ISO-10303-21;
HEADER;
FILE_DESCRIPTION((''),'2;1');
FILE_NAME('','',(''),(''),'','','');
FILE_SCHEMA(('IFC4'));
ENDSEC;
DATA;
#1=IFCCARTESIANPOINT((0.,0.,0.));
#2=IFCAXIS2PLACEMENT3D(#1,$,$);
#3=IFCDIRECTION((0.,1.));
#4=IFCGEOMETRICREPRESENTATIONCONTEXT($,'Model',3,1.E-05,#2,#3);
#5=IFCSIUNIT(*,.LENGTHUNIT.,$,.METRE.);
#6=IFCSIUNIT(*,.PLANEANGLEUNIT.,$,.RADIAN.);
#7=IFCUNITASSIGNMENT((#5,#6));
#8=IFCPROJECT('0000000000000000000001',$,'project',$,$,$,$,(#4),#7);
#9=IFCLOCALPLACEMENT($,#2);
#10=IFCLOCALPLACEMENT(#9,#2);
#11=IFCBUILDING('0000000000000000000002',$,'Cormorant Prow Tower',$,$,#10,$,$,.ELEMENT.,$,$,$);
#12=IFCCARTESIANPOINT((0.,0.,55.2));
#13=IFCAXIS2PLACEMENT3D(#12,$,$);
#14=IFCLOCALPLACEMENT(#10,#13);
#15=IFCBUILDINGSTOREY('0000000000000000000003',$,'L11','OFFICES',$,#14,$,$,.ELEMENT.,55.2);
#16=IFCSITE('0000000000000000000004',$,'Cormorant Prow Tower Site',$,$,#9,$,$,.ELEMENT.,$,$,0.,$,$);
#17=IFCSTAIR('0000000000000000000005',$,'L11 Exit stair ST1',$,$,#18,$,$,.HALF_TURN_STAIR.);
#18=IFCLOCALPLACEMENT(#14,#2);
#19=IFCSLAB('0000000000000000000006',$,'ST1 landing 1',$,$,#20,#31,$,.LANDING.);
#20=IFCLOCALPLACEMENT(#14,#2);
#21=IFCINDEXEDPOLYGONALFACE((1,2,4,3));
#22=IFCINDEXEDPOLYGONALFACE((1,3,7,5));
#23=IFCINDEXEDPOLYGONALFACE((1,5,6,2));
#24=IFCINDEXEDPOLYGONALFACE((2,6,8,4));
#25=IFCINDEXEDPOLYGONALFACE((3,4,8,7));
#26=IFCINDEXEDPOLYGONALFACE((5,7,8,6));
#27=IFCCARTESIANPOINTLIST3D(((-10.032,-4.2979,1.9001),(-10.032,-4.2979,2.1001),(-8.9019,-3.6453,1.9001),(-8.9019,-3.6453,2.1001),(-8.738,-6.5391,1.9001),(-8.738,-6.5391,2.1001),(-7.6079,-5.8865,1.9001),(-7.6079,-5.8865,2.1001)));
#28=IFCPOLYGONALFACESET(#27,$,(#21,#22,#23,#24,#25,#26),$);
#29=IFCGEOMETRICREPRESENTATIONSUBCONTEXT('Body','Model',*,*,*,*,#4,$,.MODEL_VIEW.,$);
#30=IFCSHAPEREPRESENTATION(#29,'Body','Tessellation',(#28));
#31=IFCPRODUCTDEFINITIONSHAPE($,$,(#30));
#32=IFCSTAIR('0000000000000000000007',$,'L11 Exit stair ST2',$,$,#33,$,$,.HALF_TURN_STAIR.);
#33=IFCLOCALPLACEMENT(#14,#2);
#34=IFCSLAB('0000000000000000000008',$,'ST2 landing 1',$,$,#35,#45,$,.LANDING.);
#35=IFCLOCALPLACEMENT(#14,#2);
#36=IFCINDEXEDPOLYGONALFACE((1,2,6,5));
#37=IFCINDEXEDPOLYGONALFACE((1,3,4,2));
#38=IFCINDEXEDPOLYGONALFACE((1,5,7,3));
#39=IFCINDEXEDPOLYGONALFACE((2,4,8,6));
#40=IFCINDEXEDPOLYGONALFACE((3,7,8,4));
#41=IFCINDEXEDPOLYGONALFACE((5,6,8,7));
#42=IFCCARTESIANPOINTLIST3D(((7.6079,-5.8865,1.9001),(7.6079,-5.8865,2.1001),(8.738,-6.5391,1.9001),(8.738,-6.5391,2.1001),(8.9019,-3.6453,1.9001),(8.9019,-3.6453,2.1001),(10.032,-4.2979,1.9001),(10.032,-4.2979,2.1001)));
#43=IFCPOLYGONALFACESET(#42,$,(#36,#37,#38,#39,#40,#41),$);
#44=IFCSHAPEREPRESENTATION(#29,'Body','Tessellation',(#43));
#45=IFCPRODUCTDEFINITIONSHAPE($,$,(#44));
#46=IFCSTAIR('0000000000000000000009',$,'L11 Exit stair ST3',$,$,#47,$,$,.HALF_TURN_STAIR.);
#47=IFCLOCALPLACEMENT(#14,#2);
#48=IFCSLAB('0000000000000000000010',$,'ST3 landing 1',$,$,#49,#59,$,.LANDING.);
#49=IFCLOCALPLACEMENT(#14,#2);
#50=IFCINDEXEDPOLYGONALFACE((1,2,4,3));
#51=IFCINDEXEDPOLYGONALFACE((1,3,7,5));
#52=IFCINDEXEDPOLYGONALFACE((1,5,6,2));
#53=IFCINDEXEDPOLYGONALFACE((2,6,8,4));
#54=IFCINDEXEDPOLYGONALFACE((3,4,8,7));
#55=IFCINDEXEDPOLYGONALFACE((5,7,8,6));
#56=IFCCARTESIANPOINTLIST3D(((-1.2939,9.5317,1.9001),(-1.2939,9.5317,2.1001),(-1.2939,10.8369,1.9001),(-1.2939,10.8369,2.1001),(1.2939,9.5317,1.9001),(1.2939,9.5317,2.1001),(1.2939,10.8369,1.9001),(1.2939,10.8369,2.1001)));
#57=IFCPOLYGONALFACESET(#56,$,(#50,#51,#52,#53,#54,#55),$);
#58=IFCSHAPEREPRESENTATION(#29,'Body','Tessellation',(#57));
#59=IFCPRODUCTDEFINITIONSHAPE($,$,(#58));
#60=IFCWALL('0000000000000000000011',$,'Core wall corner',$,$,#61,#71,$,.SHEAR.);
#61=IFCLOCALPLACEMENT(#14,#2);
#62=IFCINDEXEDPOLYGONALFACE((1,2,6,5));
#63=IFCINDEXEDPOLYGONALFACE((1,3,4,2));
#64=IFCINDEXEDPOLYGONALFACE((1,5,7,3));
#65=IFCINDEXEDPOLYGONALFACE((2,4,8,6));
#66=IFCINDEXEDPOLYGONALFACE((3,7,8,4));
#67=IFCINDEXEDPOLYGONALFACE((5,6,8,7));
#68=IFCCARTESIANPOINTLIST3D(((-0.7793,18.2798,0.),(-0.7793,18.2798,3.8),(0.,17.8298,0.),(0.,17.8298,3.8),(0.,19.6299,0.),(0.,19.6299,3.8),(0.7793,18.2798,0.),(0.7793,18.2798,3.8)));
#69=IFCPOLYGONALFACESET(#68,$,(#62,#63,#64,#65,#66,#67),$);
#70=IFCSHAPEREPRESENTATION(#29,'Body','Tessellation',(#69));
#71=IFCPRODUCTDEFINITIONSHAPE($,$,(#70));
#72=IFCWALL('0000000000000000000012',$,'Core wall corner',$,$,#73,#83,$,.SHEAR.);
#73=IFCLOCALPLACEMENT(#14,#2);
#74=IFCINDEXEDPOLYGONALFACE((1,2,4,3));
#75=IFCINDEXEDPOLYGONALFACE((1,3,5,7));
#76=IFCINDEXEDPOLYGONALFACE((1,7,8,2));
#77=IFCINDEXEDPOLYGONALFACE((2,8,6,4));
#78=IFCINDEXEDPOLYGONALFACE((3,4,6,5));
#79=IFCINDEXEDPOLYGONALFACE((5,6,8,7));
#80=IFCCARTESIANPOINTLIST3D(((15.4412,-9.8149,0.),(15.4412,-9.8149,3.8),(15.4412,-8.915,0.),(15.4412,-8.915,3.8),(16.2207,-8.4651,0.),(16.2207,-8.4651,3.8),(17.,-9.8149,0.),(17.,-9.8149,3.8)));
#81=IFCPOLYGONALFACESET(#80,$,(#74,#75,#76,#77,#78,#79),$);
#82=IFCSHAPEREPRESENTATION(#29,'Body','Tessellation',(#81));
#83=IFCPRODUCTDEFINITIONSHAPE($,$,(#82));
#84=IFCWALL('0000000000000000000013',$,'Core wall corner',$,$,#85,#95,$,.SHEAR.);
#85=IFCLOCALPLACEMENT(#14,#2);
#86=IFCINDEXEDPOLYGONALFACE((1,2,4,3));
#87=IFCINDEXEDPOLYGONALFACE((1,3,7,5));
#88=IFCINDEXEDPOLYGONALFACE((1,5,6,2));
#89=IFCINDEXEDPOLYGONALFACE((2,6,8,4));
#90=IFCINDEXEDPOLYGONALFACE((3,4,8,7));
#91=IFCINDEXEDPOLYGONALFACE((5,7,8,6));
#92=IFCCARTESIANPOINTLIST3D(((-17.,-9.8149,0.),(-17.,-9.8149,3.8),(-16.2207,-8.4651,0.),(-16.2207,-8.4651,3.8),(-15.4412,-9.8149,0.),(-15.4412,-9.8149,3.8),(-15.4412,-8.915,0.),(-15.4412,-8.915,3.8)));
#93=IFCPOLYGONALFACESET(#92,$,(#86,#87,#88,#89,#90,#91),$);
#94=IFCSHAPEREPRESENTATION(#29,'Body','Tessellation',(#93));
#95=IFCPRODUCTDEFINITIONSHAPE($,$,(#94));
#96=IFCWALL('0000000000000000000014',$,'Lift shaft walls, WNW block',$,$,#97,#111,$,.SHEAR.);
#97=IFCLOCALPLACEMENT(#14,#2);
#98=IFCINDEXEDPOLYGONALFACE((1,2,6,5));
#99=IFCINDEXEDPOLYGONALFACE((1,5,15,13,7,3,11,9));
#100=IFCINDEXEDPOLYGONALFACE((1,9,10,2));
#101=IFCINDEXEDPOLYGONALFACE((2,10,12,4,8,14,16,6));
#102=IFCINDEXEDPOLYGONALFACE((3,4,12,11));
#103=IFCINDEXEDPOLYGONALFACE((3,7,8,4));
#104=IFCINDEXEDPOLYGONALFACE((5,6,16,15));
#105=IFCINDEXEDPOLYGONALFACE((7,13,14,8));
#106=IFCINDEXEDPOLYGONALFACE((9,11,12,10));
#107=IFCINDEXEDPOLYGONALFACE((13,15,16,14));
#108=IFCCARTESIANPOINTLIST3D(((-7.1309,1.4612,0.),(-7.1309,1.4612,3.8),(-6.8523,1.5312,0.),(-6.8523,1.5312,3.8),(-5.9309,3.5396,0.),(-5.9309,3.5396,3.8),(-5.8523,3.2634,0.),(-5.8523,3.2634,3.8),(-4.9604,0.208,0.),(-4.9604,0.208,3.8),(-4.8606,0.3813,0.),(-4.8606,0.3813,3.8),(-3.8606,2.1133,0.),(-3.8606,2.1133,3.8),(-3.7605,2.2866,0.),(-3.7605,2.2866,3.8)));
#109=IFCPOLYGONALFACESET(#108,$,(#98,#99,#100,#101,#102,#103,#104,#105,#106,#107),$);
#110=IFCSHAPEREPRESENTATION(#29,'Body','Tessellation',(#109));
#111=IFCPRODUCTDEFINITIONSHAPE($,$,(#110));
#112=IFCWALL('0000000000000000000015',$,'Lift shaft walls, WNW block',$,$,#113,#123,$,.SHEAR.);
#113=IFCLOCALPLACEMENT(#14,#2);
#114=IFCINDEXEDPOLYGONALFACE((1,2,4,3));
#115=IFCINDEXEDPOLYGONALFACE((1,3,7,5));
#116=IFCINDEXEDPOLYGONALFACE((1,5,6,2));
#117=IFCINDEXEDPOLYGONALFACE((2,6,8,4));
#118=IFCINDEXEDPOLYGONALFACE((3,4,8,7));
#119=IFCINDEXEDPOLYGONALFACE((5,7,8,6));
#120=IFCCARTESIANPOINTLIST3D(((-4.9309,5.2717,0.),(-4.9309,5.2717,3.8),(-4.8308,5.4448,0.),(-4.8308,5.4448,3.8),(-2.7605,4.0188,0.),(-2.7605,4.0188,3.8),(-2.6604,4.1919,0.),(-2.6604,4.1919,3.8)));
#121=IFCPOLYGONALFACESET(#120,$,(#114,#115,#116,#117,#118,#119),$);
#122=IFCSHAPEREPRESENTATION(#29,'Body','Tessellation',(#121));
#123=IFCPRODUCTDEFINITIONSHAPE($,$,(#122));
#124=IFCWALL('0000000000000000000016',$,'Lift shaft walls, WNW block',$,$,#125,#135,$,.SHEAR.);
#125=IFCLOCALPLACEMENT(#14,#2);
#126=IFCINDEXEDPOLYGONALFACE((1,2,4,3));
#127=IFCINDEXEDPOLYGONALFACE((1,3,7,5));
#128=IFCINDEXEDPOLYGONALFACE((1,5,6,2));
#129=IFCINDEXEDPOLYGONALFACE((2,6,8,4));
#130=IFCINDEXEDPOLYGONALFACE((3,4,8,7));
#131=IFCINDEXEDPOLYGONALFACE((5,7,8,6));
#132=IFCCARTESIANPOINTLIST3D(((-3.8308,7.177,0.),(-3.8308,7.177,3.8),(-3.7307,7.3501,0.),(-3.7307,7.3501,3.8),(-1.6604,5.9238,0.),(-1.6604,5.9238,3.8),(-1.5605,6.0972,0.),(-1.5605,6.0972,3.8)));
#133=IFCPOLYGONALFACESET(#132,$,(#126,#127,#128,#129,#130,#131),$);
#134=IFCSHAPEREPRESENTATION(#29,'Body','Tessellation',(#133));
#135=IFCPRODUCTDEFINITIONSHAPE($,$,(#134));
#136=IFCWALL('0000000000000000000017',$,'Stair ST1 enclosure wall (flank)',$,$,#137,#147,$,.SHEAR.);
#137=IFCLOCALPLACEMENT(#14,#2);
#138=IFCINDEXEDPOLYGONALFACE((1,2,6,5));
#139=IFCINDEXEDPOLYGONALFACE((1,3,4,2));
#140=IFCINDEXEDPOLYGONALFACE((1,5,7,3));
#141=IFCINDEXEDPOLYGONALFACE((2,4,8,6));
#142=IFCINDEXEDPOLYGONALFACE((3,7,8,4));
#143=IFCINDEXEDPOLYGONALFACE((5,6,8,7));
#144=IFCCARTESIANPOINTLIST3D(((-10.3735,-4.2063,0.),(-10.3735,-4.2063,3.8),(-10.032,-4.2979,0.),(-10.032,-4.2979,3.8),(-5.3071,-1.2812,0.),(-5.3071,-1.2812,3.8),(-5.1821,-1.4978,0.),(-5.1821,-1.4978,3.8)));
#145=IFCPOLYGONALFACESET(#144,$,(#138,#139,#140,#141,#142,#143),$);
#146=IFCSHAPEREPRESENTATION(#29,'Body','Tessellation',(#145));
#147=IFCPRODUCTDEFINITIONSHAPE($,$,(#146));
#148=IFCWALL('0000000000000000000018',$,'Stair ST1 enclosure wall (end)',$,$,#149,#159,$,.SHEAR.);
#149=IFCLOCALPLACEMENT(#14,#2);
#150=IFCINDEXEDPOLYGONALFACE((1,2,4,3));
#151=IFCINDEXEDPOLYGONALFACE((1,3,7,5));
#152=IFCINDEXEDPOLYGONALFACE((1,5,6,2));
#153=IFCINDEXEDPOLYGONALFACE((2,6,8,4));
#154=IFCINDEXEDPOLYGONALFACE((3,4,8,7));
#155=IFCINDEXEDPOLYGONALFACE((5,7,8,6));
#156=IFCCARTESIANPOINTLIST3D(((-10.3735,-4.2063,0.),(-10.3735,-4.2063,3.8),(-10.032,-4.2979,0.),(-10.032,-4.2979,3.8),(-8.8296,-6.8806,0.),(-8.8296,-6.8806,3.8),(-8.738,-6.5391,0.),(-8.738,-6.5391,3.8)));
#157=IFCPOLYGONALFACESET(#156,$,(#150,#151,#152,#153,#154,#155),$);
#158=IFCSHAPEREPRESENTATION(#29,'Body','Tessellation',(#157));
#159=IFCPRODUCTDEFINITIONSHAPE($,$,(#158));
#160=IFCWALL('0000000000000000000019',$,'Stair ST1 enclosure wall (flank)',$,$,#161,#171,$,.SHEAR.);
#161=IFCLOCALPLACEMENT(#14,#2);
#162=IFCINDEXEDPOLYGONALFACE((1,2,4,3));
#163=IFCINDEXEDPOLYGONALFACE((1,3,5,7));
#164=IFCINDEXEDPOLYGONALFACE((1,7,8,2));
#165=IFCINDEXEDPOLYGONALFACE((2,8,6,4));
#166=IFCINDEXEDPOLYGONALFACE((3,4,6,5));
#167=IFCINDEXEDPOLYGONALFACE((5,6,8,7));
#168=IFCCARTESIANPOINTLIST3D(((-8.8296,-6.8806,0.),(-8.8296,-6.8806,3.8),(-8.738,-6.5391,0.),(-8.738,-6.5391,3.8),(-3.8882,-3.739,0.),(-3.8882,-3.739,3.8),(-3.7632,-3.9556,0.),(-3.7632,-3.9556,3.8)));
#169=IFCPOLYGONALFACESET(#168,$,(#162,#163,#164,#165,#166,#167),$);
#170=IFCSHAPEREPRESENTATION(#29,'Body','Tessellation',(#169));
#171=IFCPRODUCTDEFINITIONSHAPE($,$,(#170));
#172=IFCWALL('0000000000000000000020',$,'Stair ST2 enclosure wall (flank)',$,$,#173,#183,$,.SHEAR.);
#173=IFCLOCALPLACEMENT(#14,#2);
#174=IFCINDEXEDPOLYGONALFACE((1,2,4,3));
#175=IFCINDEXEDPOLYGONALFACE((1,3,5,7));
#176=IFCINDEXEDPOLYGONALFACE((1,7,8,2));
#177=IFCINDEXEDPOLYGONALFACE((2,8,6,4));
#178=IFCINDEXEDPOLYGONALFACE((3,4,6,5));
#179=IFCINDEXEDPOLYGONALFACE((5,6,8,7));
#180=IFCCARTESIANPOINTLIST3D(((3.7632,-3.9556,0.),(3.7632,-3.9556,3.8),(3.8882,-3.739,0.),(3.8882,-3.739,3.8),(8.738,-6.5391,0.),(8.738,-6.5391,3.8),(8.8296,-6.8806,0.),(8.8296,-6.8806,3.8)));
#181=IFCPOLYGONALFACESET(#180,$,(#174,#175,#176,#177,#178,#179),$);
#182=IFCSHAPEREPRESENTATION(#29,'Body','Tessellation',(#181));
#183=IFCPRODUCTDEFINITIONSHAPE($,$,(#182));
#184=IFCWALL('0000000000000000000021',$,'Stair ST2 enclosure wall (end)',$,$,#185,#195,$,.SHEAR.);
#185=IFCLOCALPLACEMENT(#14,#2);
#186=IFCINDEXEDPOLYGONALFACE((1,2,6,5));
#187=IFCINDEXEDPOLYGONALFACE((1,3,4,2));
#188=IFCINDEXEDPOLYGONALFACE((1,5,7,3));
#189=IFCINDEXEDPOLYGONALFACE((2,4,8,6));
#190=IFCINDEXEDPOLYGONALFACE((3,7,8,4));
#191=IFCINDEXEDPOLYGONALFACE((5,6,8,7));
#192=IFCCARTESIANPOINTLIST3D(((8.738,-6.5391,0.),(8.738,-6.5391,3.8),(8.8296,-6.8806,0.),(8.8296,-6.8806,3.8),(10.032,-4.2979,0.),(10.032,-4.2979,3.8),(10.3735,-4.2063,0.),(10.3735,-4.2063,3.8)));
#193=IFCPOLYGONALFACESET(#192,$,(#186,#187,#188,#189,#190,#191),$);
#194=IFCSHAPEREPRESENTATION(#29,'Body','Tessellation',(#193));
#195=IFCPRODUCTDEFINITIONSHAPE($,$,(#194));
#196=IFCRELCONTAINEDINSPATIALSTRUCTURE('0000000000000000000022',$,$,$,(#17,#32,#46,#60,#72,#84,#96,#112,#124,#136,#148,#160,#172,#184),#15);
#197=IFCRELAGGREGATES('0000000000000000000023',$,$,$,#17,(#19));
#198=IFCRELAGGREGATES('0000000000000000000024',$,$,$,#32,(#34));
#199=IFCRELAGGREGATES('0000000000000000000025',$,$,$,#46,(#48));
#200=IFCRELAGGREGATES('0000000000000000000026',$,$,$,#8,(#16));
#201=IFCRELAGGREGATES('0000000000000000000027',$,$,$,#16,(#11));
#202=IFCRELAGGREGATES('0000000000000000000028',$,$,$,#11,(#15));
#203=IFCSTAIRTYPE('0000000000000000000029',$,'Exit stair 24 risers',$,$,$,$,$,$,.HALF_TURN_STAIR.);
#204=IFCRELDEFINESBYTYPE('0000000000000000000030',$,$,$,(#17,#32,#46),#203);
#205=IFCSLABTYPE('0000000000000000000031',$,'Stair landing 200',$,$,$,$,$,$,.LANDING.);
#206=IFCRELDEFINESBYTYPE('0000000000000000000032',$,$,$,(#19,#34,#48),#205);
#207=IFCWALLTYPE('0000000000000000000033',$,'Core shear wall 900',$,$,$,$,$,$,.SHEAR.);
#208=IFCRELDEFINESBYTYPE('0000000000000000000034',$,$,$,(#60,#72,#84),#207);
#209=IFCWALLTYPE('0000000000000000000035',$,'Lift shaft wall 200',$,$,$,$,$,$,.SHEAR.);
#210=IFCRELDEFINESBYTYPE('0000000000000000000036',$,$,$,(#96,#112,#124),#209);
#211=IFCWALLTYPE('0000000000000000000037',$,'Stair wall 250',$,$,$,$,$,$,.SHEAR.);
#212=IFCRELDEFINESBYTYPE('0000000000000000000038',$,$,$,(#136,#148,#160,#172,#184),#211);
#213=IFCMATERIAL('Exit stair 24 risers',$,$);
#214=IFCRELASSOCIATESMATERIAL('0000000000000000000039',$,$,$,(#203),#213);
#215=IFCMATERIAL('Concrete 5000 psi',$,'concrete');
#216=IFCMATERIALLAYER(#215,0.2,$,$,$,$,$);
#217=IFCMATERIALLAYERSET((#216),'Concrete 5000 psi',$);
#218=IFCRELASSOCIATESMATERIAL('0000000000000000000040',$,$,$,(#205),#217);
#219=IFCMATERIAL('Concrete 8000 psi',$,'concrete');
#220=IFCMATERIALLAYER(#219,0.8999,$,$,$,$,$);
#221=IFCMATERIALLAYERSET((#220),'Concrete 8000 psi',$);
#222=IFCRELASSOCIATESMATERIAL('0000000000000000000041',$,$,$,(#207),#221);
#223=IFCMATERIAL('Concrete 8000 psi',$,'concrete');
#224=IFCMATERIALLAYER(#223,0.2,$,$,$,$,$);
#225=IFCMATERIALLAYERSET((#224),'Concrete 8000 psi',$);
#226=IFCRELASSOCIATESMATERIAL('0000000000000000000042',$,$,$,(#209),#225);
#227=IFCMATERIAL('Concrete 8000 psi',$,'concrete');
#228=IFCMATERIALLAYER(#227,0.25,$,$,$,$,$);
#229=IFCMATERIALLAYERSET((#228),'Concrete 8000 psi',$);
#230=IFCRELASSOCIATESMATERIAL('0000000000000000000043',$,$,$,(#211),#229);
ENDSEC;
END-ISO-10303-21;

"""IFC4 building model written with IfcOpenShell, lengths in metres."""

from ifc_helpers import new_model, si_unit, direction, frame, origin, place, context, subcontext, project, spatial, polyline, outline, extrude, material, layer, layer_set, type_object, element, aggregate, save


model = new_model("IFC4")

# Units and contexts
model_context = context("Model", 3, precision=1e-05, world=origin(), true_north=direction((0.0, 1.0)))
body_context = subcontext(model_context, "Body", "Model", "MODEL_VIEW")
ifc_project = project(units=[si_unit("LENGTHUNIT", "METRE"), si_unit("PLANEANGLEUNIT", "RADIAN")], contexts=[model_context])

# Site, building, storey
site_placement = place(None, origin())
site = spatial("IfcSite", under=ifc_project, at=site_placement, Name="Cormorant Prow Tower Site", CompositionType="ELEMENT", RefElevation=0.0)
building_placement = place(site_placement, origin())
building = spatial("IfcBuilding", under=site, at=building_placement, Name="Cormorant Prow Tower", CompositionType="ELEMENT")
storey_placement = place(building_placement, frame((0.0, 0.0, 55.2)))
storey = spatial("IfcBuildingStorey", under=building, at=storey_placement, Name="L11", Description="OFFICES", CompositionType="ELEMENT", Elevation=55.2)

# Stairs, slabs
ifc_material_1 = material(Name="Exit stair 24 risers")
stair_type = type_object("IfcStairType", Name="Exit stair 24 risers", PredefinedType="HALF_TURN_STAIR", material=ifc_material_1)
stair_1_placement = place(storey_placement, origin())
stair_1 = element("IfcStair", 1, at=stair_1_placement, inside=storey, type_object=stair_type, Name="L11 Exit stair ST1", PredefinedType="HALF_TURN_STAIR")
ifc_material_2 = material(Name="Concrete 5000 psi", Category="concrete")
ifc_layer_1 = layer(ifc_material_2, 0.2)
ifc_layer_set_1 = layer_set([ifc_layer_1], Name="Concrete 5000 psi")
slab_type = type_object("IfcSlabType", Name="Stair landing 200", PredefinedType="LANDING", material=ifc_layer_set_1)
slab_1_placement = place(storey_placement, frame((0.0, 0.0, 1.9001)))
slab_1 = element("IfcSlab", 2, at=slab_1_placement, type_object=slab_type, Name="ST1 landing 1", PredefinedType="LANDING", context=body_context, shape_type="SweptSolid", body=[
    extrude(outline(polyline([(-8.9019, -3.6453), (-10.032, -4.2979), (-8.738, -6.5391), (-7.6079, -5.8865), (-8.9019, -3.6453)])), origin(), (0.0, 0.0, 1.0), 0.2),
])
aggregate(stair_1, [slab_1])
stair_2_placement = place(storey_placement, origin())
stair_2 = element("IfcStair", 3, at=stair_2_placement, inside=storey, type_object=stair_type, Name="L11 Exit stair ST2", PredefinedType="HALF_TURN_STAIR")
slab_2_placement = place(storey_placement, frame((0.0, 0.0, 1.9001)))
slab_2 = element("IfcSlab", 4, at=slab_2_placement, type_object=slab_type, Name="ST2 landing 1", PredefinedType="LANDING", context=body_context, shape_type="SweptSolid", body=[
    extrude(outline(polyline([(7.6079, -5.8865), (8.738, -6.5391), (10.032, -4.2979), (8.9019, -3.6453), (7.6079, -5.8865)])), origin(), (0.0, 0.0, 1.0), 0.2),
])
aggregate(stair_2, [slab_2])
stair_3_placement = place(storey_placement, origin())
stair_3 = element("IfcStair", 5, at=stair_3_placement, inside=storey, type_object=stair_type, Name="L11 Exit stair ST3", PredefinedType="HALF_TURN_STAIR")
slab_3_placement = place(storey_placement, frame((0.0, 0.0, 1.9001)))
slab_3 = element("IfcSlab", 6, at=slab_3_placement, type_object=slab_type, Name="ST3 landing 1", PredefinedType="LANDING", context=body_context, shape_type="SweptSolid", body=[
    extrude(outline(polyline([(1.2939, 9.5317), (1.2939, 10.8369), (-1.2939, 10.8369), (-1.2939, 9.5317), (1.2939, 9.5317)])), origin(), (0.0, 0.0, 1.0), 0.2),
])
aggregate(stair_3, [slab_3])

# Walls
ifc_material_3 = material(Name="Concrete 8000 psi", Category="concrete")
ifc_layer_2 = layer(ifc_material_3, 0.8999)
ifc_layer_set_2 = layer_set([ifc_layer_2], Name="Concrete 8000 psi")
wall_type_1 = type_object("IfcWallType", Name="Core shear wall 900", PredefinedType="SHEAR", material=ifc_layer_set_2)
wall_1_placement = place(storey_placement, origin())
element("IfcWall", 7, at=wall_1_placement, inside=storey, type_object=wall_type_1, Name="Core wall corner", PredefinedType="SHEAR", context=body_context, shape_type="SweptSolid", body=[
    extrude(outline(polyline([(-0.7793, 18.2798), (0.0, 19.6299), (0.7793, 18.2798), (0.0, 17.8298), (-0.7793, 18.2798)])), origin(), (0.0, 0.0, 1.0), 3.8),
])
wall_2_placement = place(storey_placement, origin())
element("IfcWall", 8, at=wall_2_placement, inside=storey, type_object=wall_type_1, Name="Core wall corner", PredefinedType="SHEAR", context=body_context, shape_type="SweptSolid", body=[
    extrude(outline(polyline([(15.4412, -9.8149), (15.4412, -8.915), (16.2207, -8.4651), (17.0, -9.8149), (15.4412, -9.8149)])), origin(), (0.0, 0.0, 1.0), 3.8),
])
wall_3_placement = place(storey_placement, origin())
element("IfcWall", 9, at=wall_3_placement, inside=storey, type_object=wall_type_1, Name="Core wall corner", PredefinedType="SHEAR", context=body_context, shape_type="SweptSolid", body=[
    extrude(outline(polyline([(-16.2207, -8.4651), (-15.4412, -8.915), (-15.4412, -9.8149), (-17.0, -9.8149), (-16.2207, -8.4651)])), origin(), (0.0, 0.0, 1.0), 3.8),
])
ifc_material_4 = material(Name="Concrete 8000 psi", Category="concrete")
ifc_layer_3 = layer(ifc_material_4, 0.2)
ifc_layer_set_3 = layer_set([ifc_layer_3], Name="Concrete 8000 psi")
wall_type_2 = type_object("IfcWallType", Name="Lift shaft wall 200", PredefinedType="SHEAR", material=ifc_layer_set_3)
wall_4_placement = place(storey_placement, origin())
element("IfcWall", 10, at=wall_4_placement, inside=storey, type_object=wall_type_2, Name="Lift shaft walls, WNW block", PredefinedType="SHEAR", context=body_context, shape_type="SweptSolid", body=[
    extrude(outline(polyline([(-4.9604, 0.208), (-7.1309, 1.4612), (-5.9309, 3.5396), (-3.7605, 2.2866), (-3.8606, 2.1133), (-5.8523, 3.2634), (-6.8523, 1.5312), (-4.8606, 0.3813), (-4.9604, 0.208)])), origin(), (0.0, 0.0, 1.0), 3.8),
])
wall_5_placement = place(storey_placement, origin())
element("IfcWall", 11, at=wall_5_placement, inside=storey, type_object=wall_type_2, Name="Lift shaft walls, WNW block", PredefinedType="SHEAR", context=body_context, shape_type="SweptSolid", body=[
    extrude(outline(polyline([(-2.7605, 4.0188), (-4.9309, 5.2717), (-4.8308, 5.4448), (-2.6604, 4.1919), (-2.7605, 4.0188)])), origin(), (0.0, 0.0, 1.0), 3.8),
])
wall_6_placement = place(storey_placement, origin())
element("IfcWall", 12, at=wall_6_placement, inside=storey, type_object=wall_type_2, Name="Lift shaft walls, WNW block", PredefinedType="SHEAR", context=body_context, shape_type="SweptSolid", body=[
    extrude(outline(polyline([(-3.7307, 7.3501), (-1.5605, 6.0972), (-1.6604, 5.9238), (-3.8308, 7.177), (-3.7307, 7.3501)])), origin(), (0.0, 0.0, 1.0), 3.8),
])
ifc_material_5 = material(Name="Concrete 8000 psi", Category="concrete")
ifc_layer_4 = layer(ifc_material_5, 0.25)
ifc_layer_set_4 = layer_set([ifc_layer_4], Name="Concrete 8000 psi")
wall_type_3 = type_object("IfcWallType", Name="Stair wall 250", PredefinedType="SHEAR", material=ifc_layer_set_4)
wall_7_placement = place(storey_placement, origin())
element("IfcWall", 13, at=wall_7_placement, inside=storey, type_object=wall_type_3, Name="Stair ST1 enclosure wall (flank)", PredefinedType="SHEAR", context=body_context, shape_type="SweptSolid", body=[
    extrude(outline(polyline([(-5.3071, -1.2812), (-10.3735, -4.2063), (-10.032, -4.2979), (-5.1821, -1.4978), (-5.3071, -1.2812)])), origin(), (0.0, 0.0, 1.0), 3.8),
])
wall_8_placement = place(storey_placement, origin())
element("IfcWall", 14, at=wall_8_placement, inside=storey, type_object=wall_type_3, Name="Stair ST1 enclosure wall (end)", PredefinedType="SHEAR", context=body_context, shape_type="SweptSolid", body=[
    extrude(outline(polyline([(-10.3735, -4.2063), (-8.8296, -6.8806), (-8.738, -6.5391), (-10.032, -4.2979), (-10.3735, -4.2063)])), origin(), (0.0, 0.0, 1.0), 3.8),
])
wall_9_placement = place(storey_placement, origin())
element("IfcWall", 15, at=wall_9_placement, inside=storey, type_object=wall_type_3, Name="Stair ST1 enclosure wall (flank)", PredefinedType="SHEAR", context=body_context, shape_type="SweptSolid", body=[
    extrude(outline(polyline([(-8.738, -6.5391), (-8.8296, -6.8806), (-3.7632, -3.9556), (-3.8882, -3.739), (-8.738, -6.5391)])), origin(), (0.0, 0.0, 1.0), 3.8),
])
wall_10_placement = place(storey_placement, origin())
element("IfcWall", 16, at=wall_10_placement, inside=storey, type_object=wall_type_3, Name="Stair ST2 enclosure wall (flank)", PredefinedType="SHEAR", context=body_context, shape_type="SweptSolid", body=[
    extrude(outline(polyline([(3.7632, -3.9556), (8.8296, -6.8806), (8.738, -6.5391), (3.8882, -3.739), (3.7632, -3.9556)])), origin(), (0.0, 0.0, 1.0), 3.8),
])
wall_11_placement = place(storey_placement, origin())
element("IfcWall", 17, at=wall_11_placement, inside=storey, type_object=wall_type_3, Name="Stair ST2 enclosure wall (end)", PredefinedType="SHEAR", context=body_context, shape_type="SweptSolid", body=[
    extrude(outline(polyline([(8.8296, -6.8806), (10.3735, -4.2063), (10.032, -4.2979), (8.738, -6.5391), (8.8296, -6.8806)])), origin(), (0.0, 0.0, 1.0), 3.8),
])

save(model, "model.ifc")
